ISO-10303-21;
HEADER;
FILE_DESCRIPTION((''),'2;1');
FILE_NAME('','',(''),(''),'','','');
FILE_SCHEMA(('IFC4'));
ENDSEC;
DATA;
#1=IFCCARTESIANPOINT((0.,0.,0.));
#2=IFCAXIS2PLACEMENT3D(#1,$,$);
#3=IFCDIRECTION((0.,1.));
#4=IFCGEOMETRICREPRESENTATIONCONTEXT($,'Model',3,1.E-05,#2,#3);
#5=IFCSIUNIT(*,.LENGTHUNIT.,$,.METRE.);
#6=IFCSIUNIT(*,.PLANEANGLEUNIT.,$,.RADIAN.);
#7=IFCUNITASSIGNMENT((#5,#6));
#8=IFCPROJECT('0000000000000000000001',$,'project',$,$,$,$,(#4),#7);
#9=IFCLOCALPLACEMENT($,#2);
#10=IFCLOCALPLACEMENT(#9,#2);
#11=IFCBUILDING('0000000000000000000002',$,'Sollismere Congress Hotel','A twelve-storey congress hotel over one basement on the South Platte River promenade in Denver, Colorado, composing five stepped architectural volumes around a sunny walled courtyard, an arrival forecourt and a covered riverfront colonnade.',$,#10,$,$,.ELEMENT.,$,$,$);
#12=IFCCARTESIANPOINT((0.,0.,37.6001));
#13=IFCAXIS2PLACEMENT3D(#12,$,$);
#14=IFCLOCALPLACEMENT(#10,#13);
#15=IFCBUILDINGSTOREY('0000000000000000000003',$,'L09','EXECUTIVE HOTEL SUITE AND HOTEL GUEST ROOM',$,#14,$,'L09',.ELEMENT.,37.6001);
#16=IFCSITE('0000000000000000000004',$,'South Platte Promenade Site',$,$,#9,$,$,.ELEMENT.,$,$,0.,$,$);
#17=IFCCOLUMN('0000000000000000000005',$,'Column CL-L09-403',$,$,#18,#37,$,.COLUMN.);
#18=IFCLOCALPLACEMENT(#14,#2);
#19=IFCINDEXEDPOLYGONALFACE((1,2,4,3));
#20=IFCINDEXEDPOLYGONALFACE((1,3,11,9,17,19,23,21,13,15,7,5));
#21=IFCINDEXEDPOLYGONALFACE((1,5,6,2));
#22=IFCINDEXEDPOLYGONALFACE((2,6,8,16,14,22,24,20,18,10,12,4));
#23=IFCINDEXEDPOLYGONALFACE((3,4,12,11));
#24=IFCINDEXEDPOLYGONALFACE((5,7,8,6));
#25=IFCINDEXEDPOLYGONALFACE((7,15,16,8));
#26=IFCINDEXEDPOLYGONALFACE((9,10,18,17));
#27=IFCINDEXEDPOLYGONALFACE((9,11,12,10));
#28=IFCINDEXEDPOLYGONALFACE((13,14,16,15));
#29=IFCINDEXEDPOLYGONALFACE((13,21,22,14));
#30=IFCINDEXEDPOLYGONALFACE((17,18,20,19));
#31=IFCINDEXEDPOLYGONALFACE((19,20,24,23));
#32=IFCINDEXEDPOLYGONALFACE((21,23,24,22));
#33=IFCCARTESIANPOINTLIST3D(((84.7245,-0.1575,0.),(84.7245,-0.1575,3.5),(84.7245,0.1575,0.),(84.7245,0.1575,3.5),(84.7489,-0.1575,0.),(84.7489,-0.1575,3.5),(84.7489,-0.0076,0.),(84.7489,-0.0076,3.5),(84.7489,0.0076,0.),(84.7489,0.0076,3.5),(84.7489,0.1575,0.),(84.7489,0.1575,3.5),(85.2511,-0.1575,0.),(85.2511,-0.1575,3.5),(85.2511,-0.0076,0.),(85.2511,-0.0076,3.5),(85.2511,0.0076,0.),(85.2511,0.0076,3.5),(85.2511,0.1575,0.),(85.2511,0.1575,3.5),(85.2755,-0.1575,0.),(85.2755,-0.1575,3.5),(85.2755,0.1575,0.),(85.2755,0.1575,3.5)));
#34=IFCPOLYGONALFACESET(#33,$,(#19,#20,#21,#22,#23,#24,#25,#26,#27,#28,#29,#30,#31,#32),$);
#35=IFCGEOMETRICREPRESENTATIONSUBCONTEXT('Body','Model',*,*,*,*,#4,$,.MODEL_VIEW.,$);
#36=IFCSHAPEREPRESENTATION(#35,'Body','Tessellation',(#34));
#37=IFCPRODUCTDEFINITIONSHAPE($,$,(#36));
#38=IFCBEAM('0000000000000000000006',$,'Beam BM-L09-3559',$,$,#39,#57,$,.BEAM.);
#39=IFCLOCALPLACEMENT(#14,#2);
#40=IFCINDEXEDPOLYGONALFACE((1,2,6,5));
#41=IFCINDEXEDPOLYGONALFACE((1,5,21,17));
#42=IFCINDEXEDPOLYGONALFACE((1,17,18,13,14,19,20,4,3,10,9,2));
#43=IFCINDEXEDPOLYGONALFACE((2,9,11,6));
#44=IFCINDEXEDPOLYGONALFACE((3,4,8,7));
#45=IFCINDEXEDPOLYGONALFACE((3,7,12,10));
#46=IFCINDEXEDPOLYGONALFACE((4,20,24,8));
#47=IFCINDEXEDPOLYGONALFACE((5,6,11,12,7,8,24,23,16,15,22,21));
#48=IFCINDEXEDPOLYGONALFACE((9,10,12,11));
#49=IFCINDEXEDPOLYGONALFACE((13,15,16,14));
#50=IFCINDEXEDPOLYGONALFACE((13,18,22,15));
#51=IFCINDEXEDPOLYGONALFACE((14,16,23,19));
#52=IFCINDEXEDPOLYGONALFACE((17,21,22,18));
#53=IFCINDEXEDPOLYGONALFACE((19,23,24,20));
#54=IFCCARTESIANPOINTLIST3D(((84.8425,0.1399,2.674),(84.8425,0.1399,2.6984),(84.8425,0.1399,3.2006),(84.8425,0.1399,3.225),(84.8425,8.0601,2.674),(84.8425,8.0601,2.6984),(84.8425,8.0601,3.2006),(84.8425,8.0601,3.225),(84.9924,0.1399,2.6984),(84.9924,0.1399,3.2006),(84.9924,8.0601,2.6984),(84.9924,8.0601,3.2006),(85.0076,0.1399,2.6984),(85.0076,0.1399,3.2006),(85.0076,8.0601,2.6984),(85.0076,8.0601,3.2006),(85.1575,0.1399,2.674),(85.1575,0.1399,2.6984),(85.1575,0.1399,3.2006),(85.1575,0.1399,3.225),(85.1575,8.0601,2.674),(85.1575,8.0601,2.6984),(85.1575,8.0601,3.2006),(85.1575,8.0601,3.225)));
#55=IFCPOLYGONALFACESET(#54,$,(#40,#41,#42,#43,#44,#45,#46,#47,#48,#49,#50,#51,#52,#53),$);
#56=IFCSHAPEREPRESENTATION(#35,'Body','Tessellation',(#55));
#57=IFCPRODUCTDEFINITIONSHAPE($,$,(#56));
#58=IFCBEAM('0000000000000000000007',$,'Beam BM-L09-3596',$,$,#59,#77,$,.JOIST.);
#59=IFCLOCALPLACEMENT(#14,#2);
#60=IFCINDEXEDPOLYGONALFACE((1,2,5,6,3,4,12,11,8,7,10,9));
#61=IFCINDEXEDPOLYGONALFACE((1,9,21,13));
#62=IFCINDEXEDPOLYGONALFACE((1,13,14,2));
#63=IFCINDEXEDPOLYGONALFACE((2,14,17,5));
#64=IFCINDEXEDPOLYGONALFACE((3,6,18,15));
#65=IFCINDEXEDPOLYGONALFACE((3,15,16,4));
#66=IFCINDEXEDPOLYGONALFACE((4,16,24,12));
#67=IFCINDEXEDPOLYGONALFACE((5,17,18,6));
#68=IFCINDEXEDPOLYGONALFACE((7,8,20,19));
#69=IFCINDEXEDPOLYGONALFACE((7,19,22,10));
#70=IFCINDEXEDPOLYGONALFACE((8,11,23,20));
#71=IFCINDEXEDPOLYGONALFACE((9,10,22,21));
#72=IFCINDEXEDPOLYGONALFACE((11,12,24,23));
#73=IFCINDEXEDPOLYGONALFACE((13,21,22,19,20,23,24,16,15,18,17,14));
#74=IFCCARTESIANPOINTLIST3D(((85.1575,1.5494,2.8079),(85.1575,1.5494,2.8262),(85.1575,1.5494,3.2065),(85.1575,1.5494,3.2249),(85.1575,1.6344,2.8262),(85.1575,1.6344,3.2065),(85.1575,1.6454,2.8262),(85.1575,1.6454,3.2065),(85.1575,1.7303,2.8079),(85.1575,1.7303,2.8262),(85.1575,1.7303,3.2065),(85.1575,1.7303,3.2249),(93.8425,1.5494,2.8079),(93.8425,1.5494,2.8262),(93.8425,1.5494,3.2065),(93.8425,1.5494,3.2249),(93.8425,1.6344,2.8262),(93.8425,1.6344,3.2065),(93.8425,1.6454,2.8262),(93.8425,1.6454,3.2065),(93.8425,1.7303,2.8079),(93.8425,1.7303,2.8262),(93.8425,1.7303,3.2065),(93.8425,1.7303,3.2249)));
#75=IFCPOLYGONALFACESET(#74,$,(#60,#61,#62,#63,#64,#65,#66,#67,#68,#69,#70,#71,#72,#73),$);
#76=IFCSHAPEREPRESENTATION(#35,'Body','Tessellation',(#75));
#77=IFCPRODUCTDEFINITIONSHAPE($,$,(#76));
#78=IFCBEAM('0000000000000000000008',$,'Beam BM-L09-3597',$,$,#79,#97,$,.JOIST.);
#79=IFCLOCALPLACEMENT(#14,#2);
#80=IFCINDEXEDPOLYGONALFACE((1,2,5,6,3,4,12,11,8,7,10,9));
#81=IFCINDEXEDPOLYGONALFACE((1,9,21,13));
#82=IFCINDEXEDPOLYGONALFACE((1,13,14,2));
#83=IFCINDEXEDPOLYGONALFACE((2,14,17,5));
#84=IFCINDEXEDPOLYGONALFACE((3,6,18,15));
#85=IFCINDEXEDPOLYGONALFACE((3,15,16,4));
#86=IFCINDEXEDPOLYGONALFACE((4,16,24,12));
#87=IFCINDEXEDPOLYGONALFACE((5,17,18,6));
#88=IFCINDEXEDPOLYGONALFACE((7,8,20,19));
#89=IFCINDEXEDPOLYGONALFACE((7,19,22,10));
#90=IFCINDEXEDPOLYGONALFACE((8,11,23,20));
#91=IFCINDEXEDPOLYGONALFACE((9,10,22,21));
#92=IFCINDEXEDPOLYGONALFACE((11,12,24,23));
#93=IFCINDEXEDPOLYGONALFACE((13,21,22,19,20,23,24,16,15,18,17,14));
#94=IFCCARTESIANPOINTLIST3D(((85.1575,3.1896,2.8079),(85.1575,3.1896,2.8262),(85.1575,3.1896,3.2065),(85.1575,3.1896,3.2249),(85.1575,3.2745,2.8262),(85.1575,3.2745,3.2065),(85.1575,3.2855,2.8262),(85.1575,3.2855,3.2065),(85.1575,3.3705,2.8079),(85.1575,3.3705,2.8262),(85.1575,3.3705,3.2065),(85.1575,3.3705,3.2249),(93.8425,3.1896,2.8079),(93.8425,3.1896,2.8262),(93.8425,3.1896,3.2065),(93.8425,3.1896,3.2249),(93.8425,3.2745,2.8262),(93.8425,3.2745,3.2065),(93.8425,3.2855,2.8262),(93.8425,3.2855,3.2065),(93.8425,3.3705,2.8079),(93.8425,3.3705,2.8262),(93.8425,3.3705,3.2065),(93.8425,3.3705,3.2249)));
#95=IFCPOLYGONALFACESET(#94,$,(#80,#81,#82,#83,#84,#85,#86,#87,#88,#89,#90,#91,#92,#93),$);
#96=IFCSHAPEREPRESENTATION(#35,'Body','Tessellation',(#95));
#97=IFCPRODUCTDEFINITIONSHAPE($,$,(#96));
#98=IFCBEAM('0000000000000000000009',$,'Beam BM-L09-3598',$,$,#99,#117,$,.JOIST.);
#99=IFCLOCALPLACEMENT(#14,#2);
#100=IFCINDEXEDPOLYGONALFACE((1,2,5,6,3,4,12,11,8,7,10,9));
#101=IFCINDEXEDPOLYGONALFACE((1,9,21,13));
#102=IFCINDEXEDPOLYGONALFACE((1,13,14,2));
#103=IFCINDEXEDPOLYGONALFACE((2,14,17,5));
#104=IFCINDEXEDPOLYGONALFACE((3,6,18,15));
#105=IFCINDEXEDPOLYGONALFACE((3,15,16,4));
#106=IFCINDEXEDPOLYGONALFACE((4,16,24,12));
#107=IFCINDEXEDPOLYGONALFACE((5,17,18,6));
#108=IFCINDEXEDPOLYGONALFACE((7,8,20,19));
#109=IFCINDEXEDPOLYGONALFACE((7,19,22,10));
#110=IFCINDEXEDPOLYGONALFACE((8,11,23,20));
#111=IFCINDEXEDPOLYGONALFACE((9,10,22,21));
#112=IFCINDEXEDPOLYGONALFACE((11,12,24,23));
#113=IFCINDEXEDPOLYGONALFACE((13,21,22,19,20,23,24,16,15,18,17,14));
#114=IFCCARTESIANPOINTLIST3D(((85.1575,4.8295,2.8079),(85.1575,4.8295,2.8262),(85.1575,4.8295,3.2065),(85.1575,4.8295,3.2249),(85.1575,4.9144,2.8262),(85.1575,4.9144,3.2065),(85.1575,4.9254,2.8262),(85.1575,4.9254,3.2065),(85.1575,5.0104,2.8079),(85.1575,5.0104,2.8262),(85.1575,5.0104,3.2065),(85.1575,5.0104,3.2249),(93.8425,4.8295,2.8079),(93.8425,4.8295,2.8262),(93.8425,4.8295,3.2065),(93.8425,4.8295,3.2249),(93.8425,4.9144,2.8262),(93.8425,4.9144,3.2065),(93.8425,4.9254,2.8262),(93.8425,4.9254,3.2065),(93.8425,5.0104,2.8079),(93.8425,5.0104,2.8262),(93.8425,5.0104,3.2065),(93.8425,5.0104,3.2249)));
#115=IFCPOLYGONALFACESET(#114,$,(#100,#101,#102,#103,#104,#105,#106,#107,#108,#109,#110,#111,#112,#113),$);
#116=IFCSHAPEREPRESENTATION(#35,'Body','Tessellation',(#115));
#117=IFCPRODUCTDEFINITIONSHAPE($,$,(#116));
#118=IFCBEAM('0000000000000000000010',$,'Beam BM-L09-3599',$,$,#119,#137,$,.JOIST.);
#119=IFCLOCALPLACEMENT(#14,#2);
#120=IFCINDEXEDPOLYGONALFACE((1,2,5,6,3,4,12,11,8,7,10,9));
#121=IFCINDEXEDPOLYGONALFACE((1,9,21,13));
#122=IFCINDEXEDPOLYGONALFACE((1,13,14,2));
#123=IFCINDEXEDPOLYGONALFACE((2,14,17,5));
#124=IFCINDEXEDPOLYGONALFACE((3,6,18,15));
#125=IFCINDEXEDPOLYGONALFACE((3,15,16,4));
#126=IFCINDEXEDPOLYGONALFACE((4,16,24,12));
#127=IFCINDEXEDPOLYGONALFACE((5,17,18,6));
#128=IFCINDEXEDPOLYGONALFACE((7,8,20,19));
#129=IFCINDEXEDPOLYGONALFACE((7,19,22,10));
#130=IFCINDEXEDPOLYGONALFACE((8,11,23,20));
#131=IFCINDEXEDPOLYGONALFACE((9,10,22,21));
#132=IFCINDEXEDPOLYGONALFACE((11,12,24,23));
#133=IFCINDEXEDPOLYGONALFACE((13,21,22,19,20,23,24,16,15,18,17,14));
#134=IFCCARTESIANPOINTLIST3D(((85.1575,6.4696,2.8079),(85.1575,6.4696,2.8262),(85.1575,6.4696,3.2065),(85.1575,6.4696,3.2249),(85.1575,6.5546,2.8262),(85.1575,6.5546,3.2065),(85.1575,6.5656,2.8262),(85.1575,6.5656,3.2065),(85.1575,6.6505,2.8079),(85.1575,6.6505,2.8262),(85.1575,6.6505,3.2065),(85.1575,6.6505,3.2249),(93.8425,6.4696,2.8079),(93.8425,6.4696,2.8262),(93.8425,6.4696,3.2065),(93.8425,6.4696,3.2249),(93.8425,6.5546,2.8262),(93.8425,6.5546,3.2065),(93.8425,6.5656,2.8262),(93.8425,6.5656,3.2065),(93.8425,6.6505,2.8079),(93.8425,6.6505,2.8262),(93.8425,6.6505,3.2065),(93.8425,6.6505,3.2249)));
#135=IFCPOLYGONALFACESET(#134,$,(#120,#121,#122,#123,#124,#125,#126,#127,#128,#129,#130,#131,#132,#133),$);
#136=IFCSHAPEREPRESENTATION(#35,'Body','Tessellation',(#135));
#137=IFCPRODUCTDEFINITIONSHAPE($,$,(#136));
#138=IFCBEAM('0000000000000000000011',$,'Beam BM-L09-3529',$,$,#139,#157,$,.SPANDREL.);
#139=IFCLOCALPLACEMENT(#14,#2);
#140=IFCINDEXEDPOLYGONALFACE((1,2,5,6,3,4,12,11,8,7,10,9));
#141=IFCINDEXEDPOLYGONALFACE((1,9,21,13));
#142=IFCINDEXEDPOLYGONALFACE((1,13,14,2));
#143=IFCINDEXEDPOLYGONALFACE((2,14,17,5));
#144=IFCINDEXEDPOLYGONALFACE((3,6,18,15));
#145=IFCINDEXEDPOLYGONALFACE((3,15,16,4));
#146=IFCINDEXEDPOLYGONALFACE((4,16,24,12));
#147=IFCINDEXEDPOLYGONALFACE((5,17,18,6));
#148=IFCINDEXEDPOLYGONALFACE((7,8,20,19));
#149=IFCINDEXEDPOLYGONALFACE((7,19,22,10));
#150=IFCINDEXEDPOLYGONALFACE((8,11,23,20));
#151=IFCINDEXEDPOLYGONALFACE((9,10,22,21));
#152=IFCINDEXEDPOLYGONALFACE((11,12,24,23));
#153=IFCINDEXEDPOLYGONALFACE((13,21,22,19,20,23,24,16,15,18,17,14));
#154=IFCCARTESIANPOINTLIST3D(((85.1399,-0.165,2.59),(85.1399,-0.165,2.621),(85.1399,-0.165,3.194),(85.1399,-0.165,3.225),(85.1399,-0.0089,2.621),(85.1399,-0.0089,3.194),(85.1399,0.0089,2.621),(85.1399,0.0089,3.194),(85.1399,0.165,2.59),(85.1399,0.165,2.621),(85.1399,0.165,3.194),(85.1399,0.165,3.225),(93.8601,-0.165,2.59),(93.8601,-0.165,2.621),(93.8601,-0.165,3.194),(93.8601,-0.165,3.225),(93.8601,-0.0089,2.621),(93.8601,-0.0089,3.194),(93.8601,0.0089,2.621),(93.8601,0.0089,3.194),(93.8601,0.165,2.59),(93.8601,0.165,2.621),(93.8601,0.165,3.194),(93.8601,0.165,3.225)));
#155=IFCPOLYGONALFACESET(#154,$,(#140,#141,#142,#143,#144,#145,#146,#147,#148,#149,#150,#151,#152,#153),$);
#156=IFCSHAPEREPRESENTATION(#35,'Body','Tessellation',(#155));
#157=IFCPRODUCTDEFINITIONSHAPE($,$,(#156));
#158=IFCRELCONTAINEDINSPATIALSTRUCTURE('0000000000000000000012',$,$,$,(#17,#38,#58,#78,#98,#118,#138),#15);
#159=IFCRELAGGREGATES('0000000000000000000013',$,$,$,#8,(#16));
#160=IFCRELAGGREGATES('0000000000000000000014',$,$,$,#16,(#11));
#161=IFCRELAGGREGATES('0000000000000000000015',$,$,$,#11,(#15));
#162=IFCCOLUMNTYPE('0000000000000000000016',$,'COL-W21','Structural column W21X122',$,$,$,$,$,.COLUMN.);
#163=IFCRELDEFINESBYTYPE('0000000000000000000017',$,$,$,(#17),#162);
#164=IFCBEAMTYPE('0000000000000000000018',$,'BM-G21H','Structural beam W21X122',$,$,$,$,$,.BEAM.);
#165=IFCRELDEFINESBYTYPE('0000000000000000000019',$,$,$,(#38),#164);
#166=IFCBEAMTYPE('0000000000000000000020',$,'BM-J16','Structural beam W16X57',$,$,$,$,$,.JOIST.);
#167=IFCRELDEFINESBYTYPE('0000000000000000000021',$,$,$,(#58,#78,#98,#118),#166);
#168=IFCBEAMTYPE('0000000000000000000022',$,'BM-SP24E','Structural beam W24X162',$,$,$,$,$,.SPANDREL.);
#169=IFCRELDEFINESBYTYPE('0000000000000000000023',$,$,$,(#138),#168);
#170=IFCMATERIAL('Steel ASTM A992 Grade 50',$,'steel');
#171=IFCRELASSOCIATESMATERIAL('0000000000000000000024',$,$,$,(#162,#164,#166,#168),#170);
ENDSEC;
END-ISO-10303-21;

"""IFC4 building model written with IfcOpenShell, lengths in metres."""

from ifc_helpers import new_model, si_unit, direction, frame, origin, origin_2d, place, context, subcontext, project, spatial, i_section, extrude, material, material_profile, profile_set, type_object, element, save


model = new_model("IFC4")

# Units and contexts
model_context = context("Model", 3, precision=1e-05, world=origin(), true_north=direction((0.0, 1.0)))
body_context = subcontext(model_context, "Body", "Model", "MODEL_VIEW")
ifc_project = project(units=[si_unit("LENGTHUNIT", "METRE"), si_unit("PLANEANGLEUNIT", "RADIAN")], contexts=[model_context])

# Site, building, storey
site_placement = place(None, origin())
site = spatial("IfcSite", under=ifc_project, at=site_placement, Name="South Platte Promenade Site", CompositionType="ELEMENT", RefElevation=0.0)
building_placement = place(site_placement, origin())
building = spatial("IfcBuilding", under=site, at=building_placement, Name="Sollismere Congress Hotel", Description="A twelve-storey congress hotel over one basement on the South Platte River promenade in Denver, Colorado, composing five stepped architectural volumes around a sunny walled courtyard, an arrival forecourt and a covered riverfront colonnade.", CompositionType="ELEMENT")
storey_placement = place(building_placement, frame((0.0, 0.0, 37.6001)))
storey = spatial("IfcBuildingStorey", under=building, at=storey_placement, Name="L09", Description="EXECUTIVE HOTEL SUITE AND HOTEL GUEST ROOM", LongName="L09", CompositionType="ELEMENT", Elevation=37.6001)

# Column
ifc_material_1 = material(Name="Steel ASTM A992 Grade 50", Category="steel")
ifc_material_profile_1 = material_profile(ifc_material_1, i_section(OverallWidth=0.3149, OverallDepth=0.551, WebThickness=0.0151, FlangeThickness=0.0244, at=origin_2d()), Name="W21X122")
ifc_profile_set_1 = profile_set([ifc_material_profile_1], Name="Steel ASTM A992 Grade 50")
column_type = type_object("IfcColumnType", Name="COL-W21", Description="Structural column W21X122", PredefinedType="COLUMN", material=ifc_profile_set_1)
column_placement = place(storey_placement, frame((85.0, 0.0, 0.0), z_axis=(0.0, 0.0, 1.0), x_axis=(0.0, 1.0, 0.0)))
element("IfcColumn", 1, at=column_placement, inside=storey, type_object=column_type, Name="Column CL-L09-403", PredefinedType="COLUMN", context=body_context, shape_type="SweptSolid", body=[
    extrude(i_section(OverallWidth=0.3149, OverallDepth=0.551, WebThickness=0.0151, FlangeThickness=0.0244, at=origin_2d()), origin(), (0.0, 0.0, 1.0), 3.5),
])

# Beams
ifc_material_profile_2 = material_profile(ifc_material_1, i_section(OverallWidth=0.3149, OverallDepth=0.551, WebThickness=0.0151, FlangeThickness=0.0244, at=origin_2d()), Name="W21X122")
ifc_profile_set_2 = profile_set([ifc_material_profile_2], Name="Steel ASTM A992 Grade 50")
beam_type_1 = type_object("IfcBeamType", Name="BM-G21H", Description="Structural beam W21X122", PredefinedType="BEAM", material=ifc_profile_set_2)
beam_1_placement = place(storey_placement, frame((85.0, 0.1399, 2.9495), z_axis=(0.0, 1.0, 0.0), x_axis=(-1.0, 0.0, 0.0)))
element("IfcBeam", 2, at=beam_1_placement, inside=storey, type_object=beam_type_1, Name="Beam BM-L09-3559", PredefinedType="BEAM", context=body_context, shape_type="SweptSolid", body=[
    extrude(i_section(OverallWidth=0.3149, OverallDepth=0.551, WebThickness=0.0151, FlangeThickness=0.0244, at=origin_2d()), origin(), (0.0, 0.0, 1.0), 7.9202),
])
ifc_material_profile_3 = material_profile(ifc_material_1, i_section(OverallWidth=0.1809, OverallDepth=0.417, WebThickness=0.011, FlangeThickness=0.0183, at=origin_2d()), Name="W16X57")
ifc_profile_set_3 = profile_set([ifc_material_profile_3], Name="Steel ASTM A992 Grade 50")
beam_type_2 = type_object("IfcBeamType", Name="BM-J16", Description="Structural beam W16X57", PredefinedType="JOIST", material=ifc_profile_set_3)
for number, where, z_axis, x_axis, name in (
    (3, (85.1575, 1.6399, 3.0164), (1.0, 0.0, 0.0), (0.0, 1.0, 0.0), "Beam BM-L09-3596"),
    (4, (85.1575, 3.28, 3.0164), (1.0, 0.0, 0.0), (0.0, 1.0, 0.0), "Beam BM-L09-3597"),
    (5, (85.1575, 4.9199, 3.0164), (1.0, 0.0, 0.0), (0.0, 1.0, 0.0), "Beam BM-L09-3598"),
    (6, (85.1575, 6.5601, 3.0164), (1.0, 0.0, 0.0), (0.0, 1.0, 0.0), "Beam BM-L09-3599"),
):
    element("IfcBeam", number, at=place(storey_placement, frame(where, z_axis=z_axis, x_axis=x_axis)), inside=storey, type_object=beam_type_2, Name=name, PredefinedType="JOIST", context=body_context, shape_type="SweptSolid", body=[
        extrude(i_section(OverallWidth=0.1809, OverallDepth=0.417, WebThickness=0.011, FlangeThickness=0.0183, at=origin_2d()), origin(), (0.0, 0.0, 1.0), 8.6851),
    ])
ifc_material_profile_4 = material_profile(ifc_material_1, i_section(OverallWidth=0.3301, OverallDepth=0.635, WebThickness=0.0178, FlangeThickness=0.031, at=origin_2d()), Name="W24X162")
ifc_profile_set_4 = profile_set([ifc_material_profile_4], Name="Steel ASTM A992 Grade 50")
beam_type_3 = type_object("IfcBeamType", Name="BM-SP24E", Description="Structural beam W24X162", PredefinedType="SPANDREL", material=ifc_profile_set_4)
beam_2_placement = place(storey_placement, frame((85.1399, 0.0, 2.9075), z_axis=(1.0, 0.0, 0.0), x_axis=(0.0, 1.0, 0.0)))
element("IfcBeam", 7, at=beam_2_placement, inside=storey, type_object=beam_type_3, Name="Beam BM-L09-3529", PredefinedType="SPANDREL", context=body_context, shape_type="SweptSolid", body=[
    extrude(i_section(OverallWidth=0.3301, OverallDepth=0.635, WebThickness=0.0178, FlangeThickness=0.031, at=origin_2d()), origin(), (0.0, 0.0, 1.0), 8.7202),
])

save(model, "model.ifc")
